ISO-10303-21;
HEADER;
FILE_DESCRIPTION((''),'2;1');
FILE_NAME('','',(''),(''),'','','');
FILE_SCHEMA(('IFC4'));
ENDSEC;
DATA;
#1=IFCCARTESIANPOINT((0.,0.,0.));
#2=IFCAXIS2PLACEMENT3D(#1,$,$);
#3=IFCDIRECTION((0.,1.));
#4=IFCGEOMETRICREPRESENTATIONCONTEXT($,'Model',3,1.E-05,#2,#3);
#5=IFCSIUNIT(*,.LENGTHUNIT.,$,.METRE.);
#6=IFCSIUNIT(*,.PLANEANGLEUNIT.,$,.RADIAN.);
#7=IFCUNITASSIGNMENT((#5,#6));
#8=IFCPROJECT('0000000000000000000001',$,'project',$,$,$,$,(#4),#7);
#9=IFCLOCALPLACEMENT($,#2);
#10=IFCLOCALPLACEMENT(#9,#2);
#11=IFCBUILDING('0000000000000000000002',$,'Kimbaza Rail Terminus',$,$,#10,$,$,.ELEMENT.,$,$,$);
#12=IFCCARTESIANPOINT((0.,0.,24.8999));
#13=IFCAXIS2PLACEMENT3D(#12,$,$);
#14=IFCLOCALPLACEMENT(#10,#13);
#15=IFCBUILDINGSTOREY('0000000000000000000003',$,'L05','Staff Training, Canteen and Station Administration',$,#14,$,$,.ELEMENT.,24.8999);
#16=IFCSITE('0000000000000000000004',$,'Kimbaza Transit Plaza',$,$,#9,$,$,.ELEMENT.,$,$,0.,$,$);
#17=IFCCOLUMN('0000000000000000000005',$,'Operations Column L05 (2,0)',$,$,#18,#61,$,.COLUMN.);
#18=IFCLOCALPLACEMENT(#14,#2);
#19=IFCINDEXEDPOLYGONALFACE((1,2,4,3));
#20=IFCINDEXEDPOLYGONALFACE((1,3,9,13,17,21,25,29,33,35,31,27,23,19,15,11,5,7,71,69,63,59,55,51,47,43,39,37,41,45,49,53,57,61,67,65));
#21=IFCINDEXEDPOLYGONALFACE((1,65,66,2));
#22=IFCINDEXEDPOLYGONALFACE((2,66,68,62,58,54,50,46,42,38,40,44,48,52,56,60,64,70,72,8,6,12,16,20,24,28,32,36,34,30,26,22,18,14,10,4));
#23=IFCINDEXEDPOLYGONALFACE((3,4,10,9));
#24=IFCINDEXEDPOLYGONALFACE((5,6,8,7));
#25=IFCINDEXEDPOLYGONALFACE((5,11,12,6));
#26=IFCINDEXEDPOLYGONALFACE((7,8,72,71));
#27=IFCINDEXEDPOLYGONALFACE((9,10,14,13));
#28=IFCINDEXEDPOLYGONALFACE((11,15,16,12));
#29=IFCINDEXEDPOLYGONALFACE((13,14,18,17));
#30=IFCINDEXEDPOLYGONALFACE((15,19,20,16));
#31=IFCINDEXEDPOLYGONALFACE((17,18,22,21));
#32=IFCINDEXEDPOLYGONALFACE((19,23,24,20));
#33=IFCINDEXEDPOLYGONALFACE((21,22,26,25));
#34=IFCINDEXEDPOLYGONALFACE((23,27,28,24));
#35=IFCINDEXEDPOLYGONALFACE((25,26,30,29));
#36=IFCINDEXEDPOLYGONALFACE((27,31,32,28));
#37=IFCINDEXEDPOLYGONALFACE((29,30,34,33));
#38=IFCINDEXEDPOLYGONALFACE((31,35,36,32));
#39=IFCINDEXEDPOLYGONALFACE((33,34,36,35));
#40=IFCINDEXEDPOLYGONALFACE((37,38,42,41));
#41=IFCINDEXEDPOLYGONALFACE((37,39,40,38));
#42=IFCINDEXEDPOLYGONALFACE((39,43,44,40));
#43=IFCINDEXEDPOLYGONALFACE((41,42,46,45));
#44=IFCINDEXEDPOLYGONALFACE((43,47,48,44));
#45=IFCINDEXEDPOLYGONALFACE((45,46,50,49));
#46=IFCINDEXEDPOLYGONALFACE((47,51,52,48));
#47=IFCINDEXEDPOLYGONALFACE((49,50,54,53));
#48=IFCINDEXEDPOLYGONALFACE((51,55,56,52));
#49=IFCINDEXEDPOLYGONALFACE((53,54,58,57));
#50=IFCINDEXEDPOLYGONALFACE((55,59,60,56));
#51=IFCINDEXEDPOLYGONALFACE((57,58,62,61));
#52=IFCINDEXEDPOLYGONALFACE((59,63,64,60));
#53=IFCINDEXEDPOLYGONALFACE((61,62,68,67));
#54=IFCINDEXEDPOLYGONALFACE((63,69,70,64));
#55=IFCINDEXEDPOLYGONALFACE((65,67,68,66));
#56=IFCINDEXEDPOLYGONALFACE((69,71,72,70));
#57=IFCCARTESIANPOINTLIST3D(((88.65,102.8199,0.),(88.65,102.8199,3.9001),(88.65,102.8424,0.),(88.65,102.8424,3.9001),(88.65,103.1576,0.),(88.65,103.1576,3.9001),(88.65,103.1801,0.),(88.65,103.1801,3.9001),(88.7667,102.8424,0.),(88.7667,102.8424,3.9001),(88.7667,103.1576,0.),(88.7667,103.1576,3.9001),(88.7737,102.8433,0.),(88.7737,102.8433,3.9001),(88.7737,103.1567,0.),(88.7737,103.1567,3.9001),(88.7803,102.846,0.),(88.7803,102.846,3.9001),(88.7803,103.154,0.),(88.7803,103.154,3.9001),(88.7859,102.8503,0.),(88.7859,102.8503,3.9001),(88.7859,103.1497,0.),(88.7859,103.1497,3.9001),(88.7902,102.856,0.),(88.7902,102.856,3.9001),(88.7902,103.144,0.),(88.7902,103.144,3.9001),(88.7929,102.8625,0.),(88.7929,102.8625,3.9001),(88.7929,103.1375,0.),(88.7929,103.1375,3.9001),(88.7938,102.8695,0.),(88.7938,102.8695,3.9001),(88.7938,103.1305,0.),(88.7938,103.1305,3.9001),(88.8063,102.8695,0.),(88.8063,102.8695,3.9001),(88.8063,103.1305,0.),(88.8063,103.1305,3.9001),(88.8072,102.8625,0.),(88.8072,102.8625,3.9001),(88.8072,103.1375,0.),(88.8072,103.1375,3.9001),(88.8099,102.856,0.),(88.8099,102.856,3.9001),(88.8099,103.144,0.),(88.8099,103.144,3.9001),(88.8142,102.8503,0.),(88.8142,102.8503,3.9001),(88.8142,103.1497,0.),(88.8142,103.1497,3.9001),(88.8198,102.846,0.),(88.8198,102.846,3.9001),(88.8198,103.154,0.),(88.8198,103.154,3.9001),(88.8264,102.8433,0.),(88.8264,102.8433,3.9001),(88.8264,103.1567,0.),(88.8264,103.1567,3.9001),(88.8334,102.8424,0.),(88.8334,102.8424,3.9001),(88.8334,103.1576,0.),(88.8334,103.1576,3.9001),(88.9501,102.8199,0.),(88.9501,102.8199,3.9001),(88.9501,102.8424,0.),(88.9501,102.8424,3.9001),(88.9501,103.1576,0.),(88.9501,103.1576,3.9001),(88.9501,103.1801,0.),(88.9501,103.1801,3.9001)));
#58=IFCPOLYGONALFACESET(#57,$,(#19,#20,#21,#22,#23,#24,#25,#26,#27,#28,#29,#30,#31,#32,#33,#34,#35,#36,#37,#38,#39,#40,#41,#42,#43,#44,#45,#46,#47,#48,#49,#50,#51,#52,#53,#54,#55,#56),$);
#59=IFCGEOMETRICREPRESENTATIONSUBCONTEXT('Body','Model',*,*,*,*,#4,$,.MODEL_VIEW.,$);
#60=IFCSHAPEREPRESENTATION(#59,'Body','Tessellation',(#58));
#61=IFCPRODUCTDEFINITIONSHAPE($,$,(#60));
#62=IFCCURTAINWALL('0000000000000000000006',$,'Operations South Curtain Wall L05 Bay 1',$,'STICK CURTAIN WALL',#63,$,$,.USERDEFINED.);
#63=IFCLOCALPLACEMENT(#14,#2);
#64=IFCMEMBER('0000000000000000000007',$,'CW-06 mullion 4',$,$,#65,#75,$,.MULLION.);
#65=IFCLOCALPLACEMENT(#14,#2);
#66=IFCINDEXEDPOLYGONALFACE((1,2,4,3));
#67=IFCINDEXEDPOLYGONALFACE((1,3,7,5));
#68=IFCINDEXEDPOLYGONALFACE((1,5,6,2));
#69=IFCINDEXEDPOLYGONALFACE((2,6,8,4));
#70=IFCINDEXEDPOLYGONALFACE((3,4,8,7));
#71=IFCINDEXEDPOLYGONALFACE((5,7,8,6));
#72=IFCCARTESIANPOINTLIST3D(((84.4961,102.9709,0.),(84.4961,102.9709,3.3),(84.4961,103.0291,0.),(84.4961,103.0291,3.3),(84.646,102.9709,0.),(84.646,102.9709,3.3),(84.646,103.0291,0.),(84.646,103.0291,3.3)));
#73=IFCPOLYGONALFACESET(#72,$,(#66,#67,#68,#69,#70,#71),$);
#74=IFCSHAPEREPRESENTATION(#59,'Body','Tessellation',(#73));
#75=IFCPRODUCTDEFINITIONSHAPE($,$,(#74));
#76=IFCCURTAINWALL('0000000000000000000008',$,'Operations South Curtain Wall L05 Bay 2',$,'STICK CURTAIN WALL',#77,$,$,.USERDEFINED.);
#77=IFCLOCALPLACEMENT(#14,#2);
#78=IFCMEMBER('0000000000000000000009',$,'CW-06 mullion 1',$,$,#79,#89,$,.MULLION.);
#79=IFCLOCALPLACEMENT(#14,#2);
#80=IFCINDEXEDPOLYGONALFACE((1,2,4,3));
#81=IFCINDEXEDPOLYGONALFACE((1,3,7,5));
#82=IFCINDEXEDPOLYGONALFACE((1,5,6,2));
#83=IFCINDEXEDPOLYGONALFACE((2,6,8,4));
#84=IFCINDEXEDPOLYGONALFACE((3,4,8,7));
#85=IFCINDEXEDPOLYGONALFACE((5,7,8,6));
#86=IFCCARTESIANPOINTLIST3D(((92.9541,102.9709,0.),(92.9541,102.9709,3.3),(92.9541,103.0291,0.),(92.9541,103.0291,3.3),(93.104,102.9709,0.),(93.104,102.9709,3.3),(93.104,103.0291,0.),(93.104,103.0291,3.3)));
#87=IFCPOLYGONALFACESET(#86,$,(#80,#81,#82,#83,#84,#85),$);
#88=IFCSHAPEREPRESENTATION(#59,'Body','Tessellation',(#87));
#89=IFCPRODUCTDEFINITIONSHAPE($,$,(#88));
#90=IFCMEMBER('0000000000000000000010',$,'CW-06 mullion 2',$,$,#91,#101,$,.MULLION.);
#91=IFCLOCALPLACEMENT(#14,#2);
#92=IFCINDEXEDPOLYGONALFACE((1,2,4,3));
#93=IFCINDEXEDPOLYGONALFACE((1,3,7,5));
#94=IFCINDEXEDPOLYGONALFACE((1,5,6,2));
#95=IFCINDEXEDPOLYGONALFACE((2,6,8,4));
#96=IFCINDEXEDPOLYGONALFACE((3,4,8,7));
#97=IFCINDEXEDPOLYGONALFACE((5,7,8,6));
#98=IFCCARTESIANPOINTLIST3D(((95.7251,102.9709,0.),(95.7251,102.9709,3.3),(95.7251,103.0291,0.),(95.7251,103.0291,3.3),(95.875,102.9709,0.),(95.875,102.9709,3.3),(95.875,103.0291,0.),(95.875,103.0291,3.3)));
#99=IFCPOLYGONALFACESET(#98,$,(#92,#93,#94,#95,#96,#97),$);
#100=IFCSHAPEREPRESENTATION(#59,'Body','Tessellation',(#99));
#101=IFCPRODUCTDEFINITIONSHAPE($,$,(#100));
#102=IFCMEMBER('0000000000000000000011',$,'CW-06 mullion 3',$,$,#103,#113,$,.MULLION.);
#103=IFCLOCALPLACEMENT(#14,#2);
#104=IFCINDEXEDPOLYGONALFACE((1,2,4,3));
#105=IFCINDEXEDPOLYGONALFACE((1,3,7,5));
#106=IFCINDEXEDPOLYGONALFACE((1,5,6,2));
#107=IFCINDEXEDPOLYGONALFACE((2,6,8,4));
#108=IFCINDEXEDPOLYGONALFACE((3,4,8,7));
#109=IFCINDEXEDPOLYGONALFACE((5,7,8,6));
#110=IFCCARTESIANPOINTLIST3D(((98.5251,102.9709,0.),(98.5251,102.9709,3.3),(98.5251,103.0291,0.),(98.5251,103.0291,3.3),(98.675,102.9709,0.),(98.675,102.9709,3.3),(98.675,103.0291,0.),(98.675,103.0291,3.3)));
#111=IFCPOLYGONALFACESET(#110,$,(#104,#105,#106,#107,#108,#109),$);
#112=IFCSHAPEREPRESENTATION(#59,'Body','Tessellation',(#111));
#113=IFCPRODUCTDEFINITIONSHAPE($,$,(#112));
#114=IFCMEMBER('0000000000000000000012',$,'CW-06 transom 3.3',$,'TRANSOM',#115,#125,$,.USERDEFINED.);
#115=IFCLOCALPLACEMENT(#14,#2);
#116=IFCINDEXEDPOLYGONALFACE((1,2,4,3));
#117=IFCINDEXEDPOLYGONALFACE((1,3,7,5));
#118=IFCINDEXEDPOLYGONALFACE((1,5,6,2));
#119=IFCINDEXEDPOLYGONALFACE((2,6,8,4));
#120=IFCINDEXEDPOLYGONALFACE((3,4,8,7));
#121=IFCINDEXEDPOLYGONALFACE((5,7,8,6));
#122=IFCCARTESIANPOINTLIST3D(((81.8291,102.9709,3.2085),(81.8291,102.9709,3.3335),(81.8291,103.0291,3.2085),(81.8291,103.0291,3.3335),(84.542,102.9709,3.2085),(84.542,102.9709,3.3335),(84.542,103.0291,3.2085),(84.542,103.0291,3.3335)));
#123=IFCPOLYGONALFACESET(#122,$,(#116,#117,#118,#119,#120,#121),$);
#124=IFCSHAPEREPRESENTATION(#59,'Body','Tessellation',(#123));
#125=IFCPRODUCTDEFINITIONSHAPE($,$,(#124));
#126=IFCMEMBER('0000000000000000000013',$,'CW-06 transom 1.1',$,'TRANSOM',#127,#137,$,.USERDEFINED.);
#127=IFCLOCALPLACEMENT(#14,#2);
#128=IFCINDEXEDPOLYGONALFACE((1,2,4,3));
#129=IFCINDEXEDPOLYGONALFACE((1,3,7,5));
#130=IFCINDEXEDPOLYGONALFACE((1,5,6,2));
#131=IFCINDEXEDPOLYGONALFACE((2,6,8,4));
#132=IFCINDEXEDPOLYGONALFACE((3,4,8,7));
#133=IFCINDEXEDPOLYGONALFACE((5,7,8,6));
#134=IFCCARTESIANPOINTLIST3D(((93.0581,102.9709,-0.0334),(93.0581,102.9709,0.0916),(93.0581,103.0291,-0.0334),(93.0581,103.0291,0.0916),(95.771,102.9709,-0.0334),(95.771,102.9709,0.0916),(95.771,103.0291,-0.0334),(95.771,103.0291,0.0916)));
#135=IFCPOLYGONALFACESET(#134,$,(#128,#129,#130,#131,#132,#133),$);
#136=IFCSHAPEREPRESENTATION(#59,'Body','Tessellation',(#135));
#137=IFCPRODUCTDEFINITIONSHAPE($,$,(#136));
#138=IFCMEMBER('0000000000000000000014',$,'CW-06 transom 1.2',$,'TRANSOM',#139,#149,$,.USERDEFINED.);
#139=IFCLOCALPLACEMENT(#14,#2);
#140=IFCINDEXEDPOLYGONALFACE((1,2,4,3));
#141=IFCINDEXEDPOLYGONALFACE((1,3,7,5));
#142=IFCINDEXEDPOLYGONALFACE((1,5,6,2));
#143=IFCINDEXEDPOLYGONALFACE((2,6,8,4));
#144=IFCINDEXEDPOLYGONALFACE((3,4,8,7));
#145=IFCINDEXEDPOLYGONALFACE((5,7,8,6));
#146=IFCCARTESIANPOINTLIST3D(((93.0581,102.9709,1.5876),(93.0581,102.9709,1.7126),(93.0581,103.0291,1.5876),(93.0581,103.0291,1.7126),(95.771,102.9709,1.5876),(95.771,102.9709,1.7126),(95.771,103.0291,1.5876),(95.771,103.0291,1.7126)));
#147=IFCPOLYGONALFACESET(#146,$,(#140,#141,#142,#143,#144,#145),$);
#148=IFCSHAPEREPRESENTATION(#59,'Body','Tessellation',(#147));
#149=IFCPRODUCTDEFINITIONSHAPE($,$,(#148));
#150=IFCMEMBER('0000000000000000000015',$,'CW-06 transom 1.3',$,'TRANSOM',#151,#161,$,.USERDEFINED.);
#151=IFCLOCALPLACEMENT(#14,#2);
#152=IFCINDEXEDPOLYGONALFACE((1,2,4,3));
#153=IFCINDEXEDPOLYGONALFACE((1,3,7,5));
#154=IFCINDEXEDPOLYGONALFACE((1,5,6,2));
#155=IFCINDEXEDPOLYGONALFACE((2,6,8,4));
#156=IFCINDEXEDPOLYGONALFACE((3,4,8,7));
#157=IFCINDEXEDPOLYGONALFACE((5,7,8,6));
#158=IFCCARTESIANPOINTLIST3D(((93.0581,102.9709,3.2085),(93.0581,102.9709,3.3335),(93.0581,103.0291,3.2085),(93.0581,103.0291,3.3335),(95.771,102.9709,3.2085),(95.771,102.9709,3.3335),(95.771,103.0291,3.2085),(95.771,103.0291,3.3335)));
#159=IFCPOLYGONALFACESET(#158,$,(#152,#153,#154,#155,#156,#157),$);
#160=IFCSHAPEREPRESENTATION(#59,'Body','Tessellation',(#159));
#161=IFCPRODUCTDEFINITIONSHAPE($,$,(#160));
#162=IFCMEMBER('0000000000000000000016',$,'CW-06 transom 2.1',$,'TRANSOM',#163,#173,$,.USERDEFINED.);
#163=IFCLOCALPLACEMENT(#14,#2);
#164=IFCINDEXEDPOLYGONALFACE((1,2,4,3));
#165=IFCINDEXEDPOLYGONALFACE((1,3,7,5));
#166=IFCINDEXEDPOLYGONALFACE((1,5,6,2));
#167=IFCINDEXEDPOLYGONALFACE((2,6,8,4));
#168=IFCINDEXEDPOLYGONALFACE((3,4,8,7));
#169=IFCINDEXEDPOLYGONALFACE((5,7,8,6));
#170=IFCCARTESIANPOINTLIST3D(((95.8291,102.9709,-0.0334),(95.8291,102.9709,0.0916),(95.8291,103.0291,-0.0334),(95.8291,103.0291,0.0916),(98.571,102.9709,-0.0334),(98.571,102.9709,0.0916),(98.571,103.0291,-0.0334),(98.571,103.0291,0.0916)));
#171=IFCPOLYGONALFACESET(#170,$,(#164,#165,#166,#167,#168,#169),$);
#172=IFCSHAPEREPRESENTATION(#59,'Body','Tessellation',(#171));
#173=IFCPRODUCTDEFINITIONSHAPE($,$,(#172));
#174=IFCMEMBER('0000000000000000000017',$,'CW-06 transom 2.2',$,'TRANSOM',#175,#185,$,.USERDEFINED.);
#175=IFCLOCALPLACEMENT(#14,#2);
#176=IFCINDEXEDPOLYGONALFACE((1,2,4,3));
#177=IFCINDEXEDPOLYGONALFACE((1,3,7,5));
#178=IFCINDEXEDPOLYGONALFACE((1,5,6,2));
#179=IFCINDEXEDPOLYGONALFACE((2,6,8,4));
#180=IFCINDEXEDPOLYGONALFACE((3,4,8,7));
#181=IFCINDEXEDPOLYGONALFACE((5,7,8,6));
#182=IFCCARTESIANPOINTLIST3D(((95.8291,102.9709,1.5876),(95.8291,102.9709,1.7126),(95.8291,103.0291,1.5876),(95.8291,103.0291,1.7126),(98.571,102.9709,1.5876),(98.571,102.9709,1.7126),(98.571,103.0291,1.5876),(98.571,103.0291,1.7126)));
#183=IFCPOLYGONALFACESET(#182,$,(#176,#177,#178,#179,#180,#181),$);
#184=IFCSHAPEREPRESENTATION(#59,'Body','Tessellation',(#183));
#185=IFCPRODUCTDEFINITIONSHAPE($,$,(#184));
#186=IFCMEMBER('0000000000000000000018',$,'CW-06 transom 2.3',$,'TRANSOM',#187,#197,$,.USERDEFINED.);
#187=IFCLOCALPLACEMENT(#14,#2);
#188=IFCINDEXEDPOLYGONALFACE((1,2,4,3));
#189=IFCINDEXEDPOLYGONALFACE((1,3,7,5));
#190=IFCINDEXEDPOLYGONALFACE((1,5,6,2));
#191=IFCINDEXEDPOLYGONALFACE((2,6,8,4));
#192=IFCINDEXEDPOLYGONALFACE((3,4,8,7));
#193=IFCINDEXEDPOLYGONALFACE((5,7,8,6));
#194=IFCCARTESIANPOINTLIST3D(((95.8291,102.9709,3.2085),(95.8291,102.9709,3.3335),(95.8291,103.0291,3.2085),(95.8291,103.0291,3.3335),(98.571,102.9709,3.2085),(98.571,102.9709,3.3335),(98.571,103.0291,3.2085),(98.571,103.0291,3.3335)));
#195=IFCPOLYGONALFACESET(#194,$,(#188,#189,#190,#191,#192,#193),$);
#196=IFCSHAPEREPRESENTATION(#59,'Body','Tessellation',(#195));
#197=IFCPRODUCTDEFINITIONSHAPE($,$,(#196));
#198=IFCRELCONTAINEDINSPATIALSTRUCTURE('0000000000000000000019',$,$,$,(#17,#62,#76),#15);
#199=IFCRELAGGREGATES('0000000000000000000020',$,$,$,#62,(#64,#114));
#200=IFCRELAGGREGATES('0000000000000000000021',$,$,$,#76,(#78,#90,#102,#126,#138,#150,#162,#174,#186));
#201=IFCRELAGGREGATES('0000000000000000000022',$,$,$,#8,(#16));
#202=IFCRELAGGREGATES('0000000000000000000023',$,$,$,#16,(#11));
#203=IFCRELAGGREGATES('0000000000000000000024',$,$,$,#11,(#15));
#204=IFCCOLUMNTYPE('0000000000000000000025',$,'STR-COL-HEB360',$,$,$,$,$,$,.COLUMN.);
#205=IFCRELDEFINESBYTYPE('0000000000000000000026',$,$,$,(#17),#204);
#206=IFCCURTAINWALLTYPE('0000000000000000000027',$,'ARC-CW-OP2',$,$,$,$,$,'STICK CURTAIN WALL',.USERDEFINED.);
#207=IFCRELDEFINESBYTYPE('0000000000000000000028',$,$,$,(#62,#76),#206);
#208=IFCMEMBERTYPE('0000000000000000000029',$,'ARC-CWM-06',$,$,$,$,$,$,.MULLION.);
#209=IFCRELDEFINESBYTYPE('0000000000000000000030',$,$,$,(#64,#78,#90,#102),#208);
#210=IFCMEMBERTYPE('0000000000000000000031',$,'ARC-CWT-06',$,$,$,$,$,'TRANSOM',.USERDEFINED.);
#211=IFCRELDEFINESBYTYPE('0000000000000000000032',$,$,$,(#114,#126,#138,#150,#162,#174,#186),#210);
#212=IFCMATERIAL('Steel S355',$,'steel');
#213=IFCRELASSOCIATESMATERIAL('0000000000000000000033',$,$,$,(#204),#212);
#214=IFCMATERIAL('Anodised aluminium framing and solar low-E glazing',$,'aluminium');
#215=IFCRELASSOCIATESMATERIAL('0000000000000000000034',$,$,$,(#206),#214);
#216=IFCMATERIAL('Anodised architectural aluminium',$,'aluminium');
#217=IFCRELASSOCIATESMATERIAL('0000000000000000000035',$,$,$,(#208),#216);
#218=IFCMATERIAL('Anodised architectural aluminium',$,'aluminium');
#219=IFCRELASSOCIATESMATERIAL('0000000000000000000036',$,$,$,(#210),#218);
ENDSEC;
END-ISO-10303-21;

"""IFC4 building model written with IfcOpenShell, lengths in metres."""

from ifc_helpers import new_model, si_unit, direction, frame, origin, origin_2d, place, context, subcontext, project, spatial, rectangle, i_section, extrude, material, material_profile, profile_set, type_object, element, aggregate, save


model = new_model("IFC4")

# Units and contexts
model_context = context("Model", 3, precision=1e-05, world=origin(), true_north=direction((0.0, 1.0)))
body_context = subcontext(model_context, "Body", "Model", "MODEL_VIEW")
ifc_project = project(units=[si_unit("LENGTHUNIT", "METRE"), si_unit("PLANEANGLEUNIT", "RADIAN")], contexts=[model_context])

# Site, building, storey
site_placement = place(None, origin())
site = spatial("IfcSite", under=ifc_project, at=site_placement, Name="Kimbaza Transit Plaza", CompositionType="ELEMENT", RefElevation=0.0)
building_placement = place(site_placement, origin())
building = spatial("IfcBuilding", under=site, at=building_placement, Name="Kimbaza Rail Terminus", CompositionType="ELEMENT")
storey_placement = place(building_placement, frame((0.0, 0.0, 24.8999)))
storey = spatial("IfcBuildingStorey", under=building, at=storey_placement, Name="L05", Description="Staff Training, Canteen and Station Administration", CompositionType="ELEMENT", Elevation=24.8999)

# Column
ifc_material_1 = material(Name="Steel S355", Category="steel")
ifc_material_profile_1 = material_profile(ifc_material_1, i_section(OverallWidth=0.3, OverallDepth=0.3601, WebThickness=0.0125, FlangeThickness=0.0225, FilletRadius=0.0271, at=origin_2d()), Name="HEB 360")
ifc_profile_set_1 = profile_set([ifc_material_profile_1], Name="Steel S355")
column_type = type_object("IfcColumnType", Name="STR-COL-HEB360", PredefinedType="COLUMN", material=ifc_profile_set_1)
column_placement = place(storey_placement, frame((88.8, 103.0, 0.0), z_axis=(0.0, 0.0, 1.0), x_axis=(1.0, 0.0, 0.0)))
element("IfcColumn", 1, at=column_placement, inside=storey, type_object=column_type, Name="Operations Column L05 (2,0)", PredefinedType="COLUMN", context=body_context, shape_type="SweptSolid", body=[
    extrude(i_section(OverallWidth=0.3, OverallDepth=0.3601, WebThickness=0.0125, FlangeThickness=0.0225, FilletRadius=0.0271, at=origin_2d()), origin(), (0.0, 0.0, 1.0), 3.9001),
])

# Curtain wall, member
ifc_material_2 = material(Name="Anodised aluminium framing and solar low-E glazing", Category="aluminium")
curtain_wall_type = type_object("IfcCurtainWallType", Name="ARC-CW-OP2", ElementType="STICK CURTAIN WALL", PredefinedType="USERDEFINED", material=ifc_material_2)
curtain_wall_1_placement = place(storey_placement, origin())
curtain_wall_1 = element("IfcCurtainWall", 2, at=curtain_wall_1_placement, inside=storey, type_object=curtain_wall_type, Name="Operations South Curtain Wall L05 Bay 1", ObjectType="STICK CURTAIN WALL", PredefinedType="USERDEFINED")
ifc_material_3 = material(Name="Anodised architectural aluminium", Category="aluminium")
ifc_material_profile_2 = material_profile(ifc_material_3, rectangle(XDim=0.0581, YDim=0.1499, at=origin_2d()), Name="MULLION 58x150")
ifc_profile_set_2 = profile_set([ifc_material_profile_2], Name="Anodised architectural aluminium")
member_type_1 = type_object("IfcMemberType", Name="ARC-CWM-06", PredefinedType="MULLION", material=ifc_profile_set_2)
member_1_placement = place(storey_placement, frame((84.571, 103.0, 0.0), z_axis=(0.0, 0.0, 1.0), x_axis=(0.0, 1.0, 0.0)))
member_1 = element("IfcMember", 3, at=member_1_placement, type_object=member_type_1, Name="CW-06 mullion 4", PredefinedType="MULLION", context=body_context, shape_type="SweptSolid", body=[
    extrude(rectangle(XDim=0.0581, YDim=0.1499, at=origin_2d()), origin(), (0.0, 0.0, 1.0), 3.3),
])

# Curtain wall, members
curtain_wall_2_placement = place(storey_placement, origin())
curtain_wall_2 = element("IfcCurtainWall", 4, at=curtain_wall_2_placement, inside=storey, type_object=curtain_wall_type, Name="Operations South Curtain Wall L05 Bay 2", ObjectType="STICK CURTAIN WALL", PredefinedType="USERDEFINED")
member_2_placement = place(storey_placement, frame((93.0291, 103.0, 0.0), z_axis=(0.0, 0.0, 1.0), x_axis=(0.0, 1.0, 0.0)))
member_2 = element("IfcMember", 5, at=member_2_placement, type_object=member_type_1, Name="CW-06 mullion 1", PredefinedType="MULLION", context=body_context, shape_type="SweptSolid", body=[
    extrude(rectangle(XDim=0.0581, YDim=0.1499, at=origin_2d()), origin(), (0.0, 0.0, 1.0), 3.3),
])
member_3_placement = place(storey_placement, frame((95.8, 103.0, 0.0), z_axis=(0.0, 0.0, 1.0), x_axis=(0.0, 1.0, 0.0)))
member_3 = element("IfcMember", 6, at=member_3_placement, type_object=member_type_1, Name="CW-06 mullion 2", PredefinedType="MULLION", context=body_context, shape_type="SweptSolid", body=[
    extrude(rectangle(XDim=0.0581, YDim=0.1499, at=origin_2d()), origin(), (0.0, 0.0, 1.0), 3.3),
])
member_4_placement = place(storey_placement, frame((98.6001, 103.0, 0.0), z_axis=(0.0, 0.0, 1.0), x_axis=(0.0, 1.0, 0.0)))
member_4 = element("IfcMember", 7, at=member_4_placement, type_object=member_type_1, Name="CW-06 mullion 3", PredefinedType="MULLION", context=body_context, shape_type="SweptSolid", body=[
    extrude(rectangle(XDim=0.0581, YDim=0.1499, at=origin_2d()), origin(), (0.0, 0.0, 1.0), 3.3),
])

# Members
ifc_material_4 = material(Name="Anodised architectural aluminium", Category="aluminium")
ifc_material_profile_3 = material_profile(ifc_material_4, rectangle(XDim=0.0581, YDim=0.125, at=origin_2d()), Name="TRANSOM 58x125")
ifc_profile_set_3 = profile_set([ifc_material_profile_3], Name="Anodised architectural aluminium")
member_type_2 = type_object("IfcMemberType", Name="ARC-CWT-06", ElementType="TRANSOM", PredefinedType="USERDEFINED", material=ifc_profile_set_3)
member_5_placement = place(storey_placement, frame((81.8291, 103.0, 3.271), z_axis=(1.0, 0.0, 0.0), x_axis=(0.0, 1.0, 0.0)))
member_5 = element("IfcMember", 8, at=member_5_placement, type_object=member_type_2, Name="CW-06 transom 3.3", ObjectType="TRANSOM", PredefinedType="USERDEFINED", context=body_context, shape_type="SweptSolid", body=[
    extrude(rectangle(XDim=0.0581, YDim=0.125, at=origin_2d()), origin(), (0.0, 0.0, 1.0), 2.7129),
])
member_6_placement = place(storey_placement, frame((93.0581, 103.0, 0.0291), z_axis=(1.0, 0.0, 0.0), x_axis=(0.0, 1.0, 0.0)))
member_6 = element("IfcMember", 9, at=member_6_placement, type_object=member_type_2, Name="CW-06 transom 1.1", ObjectType="TRANSOM", PredefinedType="USERDEFINED", context=body_context, shape_type="SweptSolid", body=[
    extrude(rectangle(XDim=0.0581, YDim=0.125, at=origin_2d()), origin(), (0.0, 0.0, 1.0), 2.7129),
])
member_7_placement = place(storey_placement, frame((93.0581, 103.0, 1.6501), z_axis=(1.0, 0.0, 0.0), x_axis=(0.0, 1.0, 0.0)))
member_7 = element("IfcMember", 10, at=member_7_placement, type_object=member_type_2, Name="CW-06 transom 1.2", ObjectType="TRANSOM", PredefinedType="USERDEFINED", context=body_context, shape_type="SweptSolid", body=[
    extrude(rectangle(XDim=0.0581, YDim=0.125, at=origin_2d()), origin(), (0.0, 0.0, 1.0), 2.7129),
])
member_8_placement = place(storey_placement, frame((93.0581, 103.0, 3.271), z_axis=(1.0, 0.0, 0.0), x_axis=(0.0, 1.0, 0.0)))
member_8 = element("IfcMember", 11, at=member_8_placement, type_object=member_type_2, Name="CW-06 transom 1.3", ObjectType="TRANSOM", PredefinedType="USERDEFINED", context=body_context, shape_type="SweptSolid", body=[
    extrude(rectangle(XDim=0.0581, YDim=0.125, at=origin_2d()), origin(), (0.0, 0.0, 1.0), 2.7129),
])
member_9_placement = place(storey_placement, frame((95.8291, 103.0, 0.0291), z_axis=(1.0, 0.0, 0.0), x_axis=(0.0, 1.0, 0.0)))
member_9 = element("IfcMember", 12, at=member_9_placement, type_object=member_type_2, Name="CW-06 transom 2.1", ObjectType="TRANSOM", PredefinedType="USERDEFINED", context=body_context, shape_type="SweptSolid", body=[
    extrude(rectangle(XDim=0.0581, YDim=0.125, at=origin_2d()), origin(), (0.0, 0.0, 1.0), 2.7419),
])
member_10_placement = place(storey_placement, frame((95.8291, 103.0, 1.6501), z_axis=(1.0, 0.0, 0.0), x_axis=(0.0, 1.0, 0.0)))
member_10 = element("IfcMember", 13, at=member_10_placement, type_object=member_type_2, Name="CW-06 transom 2.2", ObjectType="TRANSOM", PredefinedType="USERDEFINED", context=body_context, shape_type="SweptSolid", body=[
    extrude(rectangle(XDim=0.0581, YDim=0.125, at=origin_2d()), origin(), (0.0, 0.0, 1.0), 2.7419),
])
member_11_placement = place(storey_placement, frame((95.8291, 103.0, 3.271), z_axis=(1.0, 0.0, 0.0), x_axis=(0.0, 1.0, 0.0)))
member_11 = element("IfcMember", 14, at=member_11_placement, type_object=member_type_2, Name="CW-06 transom 2.3", ObjectType="TRANSOM", PredefinedType="USERDEFINED", context=body_context, shape_type="SweptSolid", body=[
    extrude(rectangle(XDim=0.0581, YDim=0.125, at=origin_2d()), origin(), (0.0, 0.0, 1.0), 2.7419),
])

aggregate(curtain_wall_1, [member_1, member_5])
aggregate(curtain_wall_2, [member_2, member_3, member_4, member_6, member_7, member_8, member_9, member_10, member_11])

save(model, "model.ifc")
